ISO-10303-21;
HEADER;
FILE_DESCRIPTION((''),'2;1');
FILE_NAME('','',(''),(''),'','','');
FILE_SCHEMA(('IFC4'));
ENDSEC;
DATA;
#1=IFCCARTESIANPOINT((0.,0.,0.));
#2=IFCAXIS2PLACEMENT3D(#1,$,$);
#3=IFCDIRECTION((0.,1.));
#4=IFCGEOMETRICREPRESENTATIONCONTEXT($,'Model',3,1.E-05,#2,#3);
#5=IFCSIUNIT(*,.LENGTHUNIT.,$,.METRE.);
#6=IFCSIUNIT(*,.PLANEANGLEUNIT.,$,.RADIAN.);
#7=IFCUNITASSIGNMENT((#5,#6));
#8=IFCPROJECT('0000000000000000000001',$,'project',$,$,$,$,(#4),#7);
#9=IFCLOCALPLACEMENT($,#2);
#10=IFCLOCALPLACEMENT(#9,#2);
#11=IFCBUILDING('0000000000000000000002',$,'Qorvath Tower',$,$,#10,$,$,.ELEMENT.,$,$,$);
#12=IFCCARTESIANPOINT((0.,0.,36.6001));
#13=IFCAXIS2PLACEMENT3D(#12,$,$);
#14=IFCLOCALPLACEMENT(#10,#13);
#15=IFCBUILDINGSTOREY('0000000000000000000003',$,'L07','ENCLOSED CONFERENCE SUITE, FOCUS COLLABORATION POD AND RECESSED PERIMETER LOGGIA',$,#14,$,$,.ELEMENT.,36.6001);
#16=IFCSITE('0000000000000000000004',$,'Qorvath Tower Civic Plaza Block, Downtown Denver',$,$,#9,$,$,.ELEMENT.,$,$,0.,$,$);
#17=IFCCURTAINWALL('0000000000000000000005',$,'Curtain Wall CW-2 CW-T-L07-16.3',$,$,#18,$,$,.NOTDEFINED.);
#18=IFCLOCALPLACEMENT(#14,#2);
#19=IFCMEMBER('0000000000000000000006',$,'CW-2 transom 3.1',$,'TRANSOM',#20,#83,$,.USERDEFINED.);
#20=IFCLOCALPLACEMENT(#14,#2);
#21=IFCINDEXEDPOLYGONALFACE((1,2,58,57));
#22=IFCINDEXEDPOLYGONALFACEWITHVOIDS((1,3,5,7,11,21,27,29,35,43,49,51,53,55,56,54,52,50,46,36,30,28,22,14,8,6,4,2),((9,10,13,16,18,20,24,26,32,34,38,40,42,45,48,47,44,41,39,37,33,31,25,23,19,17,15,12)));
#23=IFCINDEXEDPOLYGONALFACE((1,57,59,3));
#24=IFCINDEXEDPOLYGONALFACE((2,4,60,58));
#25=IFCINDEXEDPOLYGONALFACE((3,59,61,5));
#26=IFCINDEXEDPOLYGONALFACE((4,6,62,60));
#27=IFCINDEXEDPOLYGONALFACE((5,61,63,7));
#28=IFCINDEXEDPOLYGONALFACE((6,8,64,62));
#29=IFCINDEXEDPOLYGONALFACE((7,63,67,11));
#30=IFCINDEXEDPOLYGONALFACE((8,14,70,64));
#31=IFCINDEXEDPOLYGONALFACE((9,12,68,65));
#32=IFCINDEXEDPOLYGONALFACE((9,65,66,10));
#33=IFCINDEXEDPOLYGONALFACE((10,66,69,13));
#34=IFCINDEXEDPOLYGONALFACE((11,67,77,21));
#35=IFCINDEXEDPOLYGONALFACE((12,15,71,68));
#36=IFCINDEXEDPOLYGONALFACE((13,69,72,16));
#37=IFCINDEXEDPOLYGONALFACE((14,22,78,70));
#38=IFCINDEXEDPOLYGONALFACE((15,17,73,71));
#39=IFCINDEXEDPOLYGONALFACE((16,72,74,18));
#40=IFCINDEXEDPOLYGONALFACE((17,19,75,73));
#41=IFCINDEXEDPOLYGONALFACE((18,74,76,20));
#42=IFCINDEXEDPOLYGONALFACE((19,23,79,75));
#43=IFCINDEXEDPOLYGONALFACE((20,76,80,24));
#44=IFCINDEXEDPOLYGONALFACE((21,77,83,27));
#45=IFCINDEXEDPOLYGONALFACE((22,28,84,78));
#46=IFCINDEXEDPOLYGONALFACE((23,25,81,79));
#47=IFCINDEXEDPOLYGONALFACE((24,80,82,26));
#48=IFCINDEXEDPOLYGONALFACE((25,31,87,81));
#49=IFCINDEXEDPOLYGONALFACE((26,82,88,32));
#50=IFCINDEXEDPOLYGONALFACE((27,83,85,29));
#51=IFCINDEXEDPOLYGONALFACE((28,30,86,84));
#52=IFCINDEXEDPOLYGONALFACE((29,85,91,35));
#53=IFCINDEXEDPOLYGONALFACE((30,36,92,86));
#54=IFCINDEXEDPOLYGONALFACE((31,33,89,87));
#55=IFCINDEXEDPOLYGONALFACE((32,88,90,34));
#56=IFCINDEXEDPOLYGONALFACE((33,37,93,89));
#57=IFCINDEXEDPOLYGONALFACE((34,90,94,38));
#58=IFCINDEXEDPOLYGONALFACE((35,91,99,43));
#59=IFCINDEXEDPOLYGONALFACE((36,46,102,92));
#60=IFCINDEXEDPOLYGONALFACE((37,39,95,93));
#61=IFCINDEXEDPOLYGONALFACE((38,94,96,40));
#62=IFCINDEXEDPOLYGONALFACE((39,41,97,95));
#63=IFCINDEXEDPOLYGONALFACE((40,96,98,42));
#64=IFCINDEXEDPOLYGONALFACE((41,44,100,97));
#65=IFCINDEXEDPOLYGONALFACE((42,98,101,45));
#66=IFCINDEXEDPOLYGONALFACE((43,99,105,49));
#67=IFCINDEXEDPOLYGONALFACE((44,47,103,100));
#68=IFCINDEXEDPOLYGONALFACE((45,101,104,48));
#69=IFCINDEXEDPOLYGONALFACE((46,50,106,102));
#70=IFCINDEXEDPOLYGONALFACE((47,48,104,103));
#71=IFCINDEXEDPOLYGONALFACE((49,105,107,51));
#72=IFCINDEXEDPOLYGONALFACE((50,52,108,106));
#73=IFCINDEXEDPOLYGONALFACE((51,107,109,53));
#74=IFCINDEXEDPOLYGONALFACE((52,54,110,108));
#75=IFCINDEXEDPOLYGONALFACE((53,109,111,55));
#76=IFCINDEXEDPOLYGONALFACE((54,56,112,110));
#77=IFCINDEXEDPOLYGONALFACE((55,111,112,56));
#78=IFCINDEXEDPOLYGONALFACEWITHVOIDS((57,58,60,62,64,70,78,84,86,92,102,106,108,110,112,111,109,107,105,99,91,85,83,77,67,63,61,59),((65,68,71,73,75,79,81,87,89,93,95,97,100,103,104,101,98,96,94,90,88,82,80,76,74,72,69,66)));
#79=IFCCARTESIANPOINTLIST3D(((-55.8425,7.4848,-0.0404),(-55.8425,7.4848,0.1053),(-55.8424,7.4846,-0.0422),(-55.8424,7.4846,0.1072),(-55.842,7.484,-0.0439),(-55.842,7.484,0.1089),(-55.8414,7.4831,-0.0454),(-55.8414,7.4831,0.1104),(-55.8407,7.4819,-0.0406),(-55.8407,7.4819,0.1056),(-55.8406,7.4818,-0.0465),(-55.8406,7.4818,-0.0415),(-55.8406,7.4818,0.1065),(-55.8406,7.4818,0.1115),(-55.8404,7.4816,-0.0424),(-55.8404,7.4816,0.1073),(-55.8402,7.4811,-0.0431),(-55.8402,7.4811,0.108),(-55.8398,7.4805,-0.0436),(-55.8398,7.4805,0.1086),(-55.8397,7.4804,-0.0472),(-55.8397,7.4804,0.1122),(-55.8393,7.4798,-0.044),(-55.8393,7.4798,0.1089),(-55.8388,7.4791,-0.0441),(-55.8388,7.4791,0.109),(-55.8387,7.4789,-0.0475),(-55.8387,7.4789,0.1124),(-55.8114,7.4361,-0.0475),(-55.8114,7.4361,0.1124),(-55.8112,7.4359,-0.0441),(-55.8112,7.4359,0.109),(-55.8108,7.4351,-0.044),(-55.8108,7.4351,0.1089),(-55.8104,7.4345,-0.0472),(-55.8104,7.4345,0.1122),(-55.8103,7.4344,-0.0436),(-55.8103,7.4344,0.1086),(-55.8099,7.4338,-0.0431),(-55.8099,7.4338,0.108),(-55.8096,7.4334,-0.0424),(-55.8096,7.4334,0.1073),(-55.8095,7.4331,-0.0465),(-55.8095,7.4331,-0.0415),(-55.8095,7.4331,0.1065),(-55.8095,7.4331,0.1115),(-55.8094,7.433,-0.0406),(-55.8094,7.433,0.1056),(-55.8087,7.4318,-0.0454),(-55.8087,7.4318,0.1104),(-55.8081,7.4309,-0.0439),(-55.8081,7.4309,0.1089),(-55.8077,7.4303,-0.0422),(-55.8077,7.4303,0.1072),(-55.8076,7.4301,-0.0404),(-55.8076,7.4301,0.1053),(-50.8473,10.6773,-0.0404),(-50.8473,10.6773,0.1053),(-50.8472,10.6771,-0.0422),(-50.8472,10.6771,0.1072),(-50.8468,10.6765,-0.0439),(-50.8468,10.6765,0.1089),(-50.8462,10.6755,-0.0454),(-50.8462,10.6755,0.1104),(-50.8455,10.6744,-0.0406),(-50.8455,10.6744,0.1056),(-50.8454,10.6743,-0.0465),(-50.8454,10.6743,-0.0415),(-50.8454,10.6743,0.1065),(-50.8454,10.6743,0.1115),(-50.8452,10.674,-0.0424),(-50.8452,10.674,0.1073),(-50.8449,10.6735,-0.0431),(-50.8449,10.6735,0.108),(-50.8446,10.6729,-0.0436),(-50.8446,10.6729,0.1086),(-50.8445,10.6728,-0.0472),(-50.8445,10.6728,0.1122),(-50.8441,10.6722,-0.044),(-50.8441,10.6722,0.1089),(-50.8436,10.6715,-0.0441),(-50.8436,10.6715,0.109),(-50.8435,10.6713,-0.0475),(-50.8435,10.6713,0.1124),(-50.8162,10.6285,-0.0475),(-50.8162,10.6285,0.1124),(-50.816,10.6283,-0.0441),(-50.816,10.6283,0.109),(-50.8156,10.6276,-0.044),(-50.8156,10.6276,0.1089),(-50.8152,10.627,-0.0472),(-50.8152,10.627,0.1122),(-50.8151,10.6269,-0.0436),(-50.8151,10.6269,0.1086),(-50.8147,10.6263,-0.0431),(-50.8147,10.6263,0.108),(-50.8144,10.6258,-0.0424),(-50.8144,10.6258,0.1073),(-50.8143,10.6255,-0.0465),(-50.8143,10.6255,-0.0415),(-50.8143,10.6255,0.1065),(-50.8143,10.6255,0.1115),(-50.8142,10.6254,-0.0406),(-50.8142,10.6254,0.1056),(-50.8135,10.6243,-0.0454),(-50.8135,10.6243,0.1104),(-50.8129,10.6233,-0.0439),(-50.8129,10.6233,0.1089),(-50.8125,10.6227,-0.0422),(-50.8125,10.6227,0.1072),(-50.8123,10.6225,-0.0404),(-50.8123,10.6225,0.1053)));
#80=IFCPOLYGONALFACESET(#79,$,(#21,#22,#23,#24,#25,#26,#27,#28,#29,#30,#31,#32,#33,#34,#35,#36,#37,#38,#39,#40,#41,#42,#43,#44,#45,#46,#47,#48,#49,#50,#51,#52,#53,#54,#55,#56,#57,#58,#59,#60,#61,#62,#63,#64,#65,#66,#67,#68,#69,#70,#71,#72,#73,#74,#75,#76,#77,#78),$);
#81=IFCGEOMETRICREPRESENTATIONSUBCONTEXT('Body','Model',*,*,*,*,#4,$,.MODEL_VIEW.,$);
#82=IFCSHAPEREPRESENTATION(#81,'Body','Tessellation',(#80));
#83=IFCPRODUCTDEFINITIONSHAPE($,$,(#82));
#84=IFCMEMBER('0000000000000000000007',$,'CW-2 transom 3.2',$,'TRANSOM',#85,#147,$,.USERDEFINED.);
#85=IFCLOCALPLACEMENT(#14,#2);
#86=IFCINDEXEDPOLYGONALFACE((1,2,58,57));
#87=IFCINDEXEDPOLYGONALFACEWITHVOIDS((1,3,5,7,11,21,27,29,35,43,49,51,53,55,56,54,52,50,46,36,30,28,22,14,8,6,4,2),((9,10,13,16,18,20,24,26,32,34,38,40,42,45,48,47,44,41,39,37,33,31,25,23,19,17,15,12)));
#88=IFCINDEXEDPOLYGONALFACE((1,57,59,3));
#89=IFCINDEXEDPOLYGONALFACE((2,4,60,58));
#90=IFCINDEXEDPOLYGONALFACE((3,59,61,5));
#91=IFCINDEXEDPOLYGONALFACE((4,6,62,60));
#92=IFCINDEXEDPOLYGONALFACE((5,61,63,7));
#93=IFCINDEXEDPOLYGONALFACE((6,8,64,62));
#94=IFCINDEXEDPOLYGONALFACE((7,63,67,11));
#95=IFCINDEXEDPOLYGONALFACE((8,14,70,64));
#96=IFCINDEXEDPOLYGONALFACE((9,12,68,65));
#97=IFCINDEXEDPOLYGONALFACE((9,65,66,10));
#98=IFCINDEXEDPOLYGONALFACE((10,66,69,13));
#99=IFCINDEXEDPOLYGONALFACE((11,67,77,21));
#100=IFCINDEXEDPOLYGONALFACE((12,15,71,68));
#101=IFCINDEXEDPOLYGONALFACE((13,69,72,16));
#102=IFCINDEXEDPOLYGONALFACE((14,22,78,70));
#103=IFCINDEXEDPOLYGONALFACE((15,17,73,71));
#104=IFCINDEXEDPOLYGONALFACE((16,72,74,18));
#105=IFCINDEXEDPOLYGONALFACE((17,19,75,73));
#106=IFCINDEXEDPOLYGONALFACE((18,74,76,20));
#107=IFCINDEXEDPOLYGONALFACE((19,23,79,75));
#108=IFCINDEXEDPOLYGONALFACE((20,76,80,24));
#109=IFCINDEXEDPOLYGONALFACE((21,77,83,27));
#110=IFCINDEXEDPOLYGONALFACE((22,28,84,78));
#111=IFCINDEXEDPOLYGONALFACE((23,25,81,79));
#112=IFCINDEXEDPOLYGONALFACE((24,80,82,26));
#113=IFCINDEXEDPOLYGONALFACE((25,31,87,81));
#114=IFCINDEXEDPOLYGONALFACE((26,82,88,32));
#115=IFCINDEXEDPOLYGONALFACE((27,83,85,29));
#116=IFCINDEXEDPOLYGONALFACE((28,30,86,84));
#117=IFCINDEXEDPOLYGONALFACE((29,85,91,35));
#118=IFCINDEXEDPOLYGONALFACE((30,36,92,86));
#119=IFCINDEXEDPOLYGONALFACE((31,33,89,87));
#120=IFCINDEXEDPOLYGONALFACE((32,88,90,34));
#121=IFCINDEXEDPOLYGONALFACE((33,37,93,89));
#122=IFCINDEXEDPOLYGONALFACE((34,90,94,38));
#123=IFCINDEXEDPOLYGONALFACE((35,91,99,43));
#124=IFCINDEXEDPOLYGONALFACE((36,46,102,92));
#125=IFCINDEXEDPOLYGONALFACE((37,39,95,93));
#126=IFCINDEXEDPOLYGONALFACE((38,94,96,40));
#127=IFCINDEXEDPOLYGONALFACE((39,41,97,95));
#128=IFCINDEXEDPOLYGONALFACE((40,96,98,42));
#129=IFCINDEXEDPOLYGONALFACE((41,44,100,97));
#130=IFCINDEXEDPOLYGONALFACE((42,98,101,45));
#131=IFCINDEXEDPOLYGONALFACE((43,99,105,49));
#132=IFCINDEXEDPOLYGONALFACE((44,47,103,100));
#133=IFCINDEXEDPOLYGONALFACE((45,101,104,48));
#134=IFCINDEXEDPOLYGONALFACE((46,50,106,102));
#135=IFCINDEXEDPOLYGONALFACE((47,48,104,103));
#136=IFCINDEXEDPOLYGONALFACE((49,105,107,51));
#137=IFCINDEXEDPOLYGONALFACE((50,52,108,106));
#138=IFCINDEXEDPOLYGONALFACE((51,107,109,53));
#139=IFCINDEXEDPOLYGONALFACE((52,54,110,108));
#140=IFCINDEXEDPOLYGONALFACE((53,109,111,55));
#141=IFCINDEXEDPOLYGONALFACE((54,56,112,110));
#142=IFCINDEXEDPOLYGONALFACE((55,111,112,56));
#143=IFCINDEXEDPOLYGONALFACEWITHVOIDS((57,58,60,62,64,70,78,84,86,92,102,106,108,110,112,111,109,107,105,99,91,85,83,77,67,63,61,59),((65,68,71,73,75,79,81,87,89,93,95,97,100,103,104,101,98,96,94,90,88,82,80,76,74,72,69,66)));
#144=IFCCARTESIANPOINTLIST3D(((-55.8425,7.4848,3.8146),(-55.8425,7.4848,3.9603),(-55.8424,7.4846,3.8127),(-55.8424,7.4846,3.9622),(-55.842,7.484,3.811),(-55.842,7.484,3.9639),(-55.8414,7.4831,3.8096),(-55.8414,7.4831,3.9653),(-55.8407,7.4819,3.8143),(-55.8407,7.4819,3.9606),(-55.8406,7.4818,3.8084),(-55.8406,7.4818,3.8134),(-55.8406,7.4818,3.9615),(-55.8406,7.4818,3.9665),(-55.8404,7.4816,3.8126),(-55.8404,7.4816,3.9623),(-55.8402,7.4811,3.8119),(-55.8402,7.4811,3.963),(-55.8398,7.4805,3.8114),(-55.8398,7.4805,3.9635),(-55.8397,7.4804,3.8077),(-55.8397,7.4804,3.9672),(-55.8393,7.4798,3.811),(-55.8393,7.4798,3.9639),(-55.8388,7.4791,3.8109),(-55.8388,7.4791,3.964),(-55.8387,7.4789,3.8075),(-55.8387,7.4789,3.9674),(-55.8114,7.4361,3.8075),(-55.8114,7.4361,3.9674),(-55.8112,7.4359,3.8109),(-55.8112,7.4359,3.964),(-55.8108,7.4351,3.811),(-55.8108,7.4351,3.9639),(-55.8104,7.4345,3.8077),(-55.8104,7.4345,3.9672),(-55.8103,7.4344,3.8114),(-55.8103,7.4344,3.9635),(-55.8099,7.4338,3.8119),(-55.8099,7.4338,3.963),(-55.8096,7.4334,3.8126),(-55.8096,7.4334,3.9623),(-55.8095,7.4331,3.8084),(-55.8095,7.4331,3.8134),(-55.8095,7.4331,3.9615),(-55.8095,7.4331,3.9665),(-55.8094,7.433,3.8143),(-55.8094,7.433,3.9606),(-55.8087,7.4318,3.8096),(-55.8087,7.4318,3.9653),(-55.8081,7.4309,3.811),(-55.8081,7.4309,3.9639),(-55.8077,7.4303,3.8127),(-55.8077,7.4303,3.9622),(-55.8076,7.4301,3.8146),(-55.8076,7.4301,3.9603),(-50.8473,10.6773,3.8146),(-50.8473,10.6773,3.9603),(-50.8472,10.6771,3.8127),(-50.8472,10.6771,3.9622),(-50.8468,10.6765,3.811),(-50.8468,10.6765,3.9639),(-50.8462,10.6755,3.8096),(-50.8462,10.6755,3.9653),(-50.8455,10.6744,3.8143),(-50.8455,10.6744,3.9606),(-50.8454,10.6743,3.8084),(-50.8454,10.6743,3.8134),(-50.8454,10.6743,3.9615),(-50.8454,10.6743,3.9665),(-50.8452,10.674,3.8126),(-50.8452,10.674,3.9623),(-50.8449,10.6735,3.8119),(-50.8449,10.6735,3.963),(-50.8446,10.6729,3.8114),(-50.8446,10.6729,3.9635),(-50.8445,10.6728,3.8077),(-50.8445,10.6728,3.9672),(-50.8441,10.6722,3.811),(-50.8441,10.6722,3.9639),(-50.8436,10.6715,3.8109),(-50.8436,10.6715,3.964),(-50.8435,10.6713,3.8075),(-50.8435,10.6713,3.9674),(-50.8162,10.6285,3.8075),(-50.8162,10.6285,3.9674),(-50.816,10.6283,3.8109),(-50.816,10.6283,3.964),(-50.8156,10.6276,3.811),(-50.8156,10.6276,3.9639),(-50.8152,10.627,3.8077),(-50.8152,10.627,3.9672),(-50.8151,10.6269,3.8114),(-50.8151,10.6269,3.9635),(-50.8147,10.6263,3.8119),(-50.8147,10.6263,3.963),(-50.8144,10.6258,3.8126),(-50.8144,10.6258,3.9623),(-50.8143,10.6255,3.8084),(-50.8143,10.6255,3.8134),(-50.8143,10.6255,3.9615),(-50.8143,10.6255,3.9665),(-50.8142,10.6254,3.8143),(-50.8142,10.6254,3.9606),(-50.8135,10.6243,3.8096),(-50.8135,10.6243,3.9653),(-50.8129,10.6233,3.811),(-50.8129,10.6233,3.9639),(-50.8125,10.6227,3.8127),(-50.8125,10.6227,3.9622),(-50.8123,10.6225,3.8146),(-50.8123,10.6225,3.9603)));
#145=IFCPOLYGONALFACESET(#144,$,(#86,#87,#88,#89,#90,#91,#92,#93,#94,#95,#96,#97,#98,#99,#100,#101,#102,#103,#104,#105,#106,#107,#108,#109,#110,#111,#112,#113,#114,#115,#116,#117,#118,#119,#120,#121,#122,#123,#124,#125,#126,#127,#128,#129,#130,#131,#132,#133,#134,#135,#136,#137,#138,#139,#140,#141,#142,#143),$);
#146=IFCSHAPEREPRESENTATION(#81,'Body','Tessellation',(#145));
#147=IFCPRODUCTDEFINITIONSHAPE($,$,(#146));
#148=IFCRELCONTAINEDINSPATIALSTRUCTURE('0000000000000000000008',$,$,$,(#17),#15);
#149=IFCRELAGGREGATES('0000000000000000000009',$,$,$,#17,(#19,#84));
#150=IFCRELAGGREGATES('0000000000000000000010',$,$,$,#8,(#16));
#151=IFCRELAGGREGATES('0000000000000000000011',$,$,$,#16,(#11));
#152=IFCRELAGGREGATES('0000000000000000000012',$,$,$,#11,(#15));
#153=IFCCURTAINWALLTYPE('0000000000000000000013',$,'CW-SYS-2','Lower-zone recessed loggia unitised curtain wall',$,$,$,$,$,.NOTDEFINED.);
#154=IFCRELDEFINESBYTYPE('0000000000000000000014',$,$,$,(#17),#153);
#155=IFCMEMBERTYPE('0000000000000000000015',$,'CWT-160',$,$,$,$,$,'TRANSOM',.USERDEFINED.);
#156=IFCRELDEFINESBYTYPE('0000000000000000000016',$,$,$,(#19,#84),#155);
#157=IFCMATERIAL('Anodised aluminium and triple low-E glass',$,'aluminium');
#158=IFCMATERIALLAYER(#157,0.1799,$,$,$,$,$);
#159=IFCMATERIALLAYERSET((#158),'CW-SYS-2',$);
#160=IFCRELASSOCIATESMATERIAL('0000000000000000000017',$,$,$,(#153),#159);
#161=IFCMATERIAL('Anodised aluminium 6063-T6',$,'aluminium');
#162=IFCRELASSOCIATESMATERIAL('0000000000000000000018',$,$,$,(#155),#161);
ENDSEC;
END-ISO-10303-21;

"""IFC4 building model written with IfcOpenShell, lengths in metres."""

from ifc_helpers import new_model, si_unit, direction, frame, origin, origin_2d, place, context, subcontext, project, spatial, hollow_rectangle, extrude, material, layer, layer_set, material_profile, profile_set, type_object, element, aggregate, save


model = new_model("IFC4")

# Units and contexts
model_context = context("Model", 3, precision=1e-05, world=origin(), true_north=direction((0.0, 1.0)))
body_context = subcontext(model_context, "Body", "Model", "MODEL_VIEW")
ifc_project = project(units=[si_unit("LENGTHUNIT", "METRE"), si_unit("PLANEANGLEUNIT", "RADIAN")], contexts=[model_context])

# Site, building, storey
site_placement = place(None, origin())
site = spatial("IfcSite", under=ifc_project, at=site_placement, Name="Qorvath Tower Civic Plaza Block, Downtown Denver", CompositionType="ELEMENT", RefElevation=0.0)
building_placement = place(site_placement, origin())
building = spatial("IfcBuilding", under=site, at=building_placement, Name="Qorvath Tower", CompositionType="ELEMENT")
storey_placement = place(building_placement, frame((0.0, 0.0, 36.6001)))
storey = spatial("IfcBuildingStorey", under=building, at=storey_placement, Name="L07", Description="ENCLOSED CONFERENCE SUITE, FOCUS COLLABORATION POD AND RECESSED PERIMETER LOGGIA", CompositionType="ELEMENT", Elevation=36.6001)

# Curtain wall, members
ifc_material_1 = material(Name="Anodised aluminium and triple low-E glass", Category="aluminium")
ifc_layer_1 = layer(ifc_material_1, 0.1799)
ifc_layer_set_1 = layer_set([ifc_layer_1], Name="CW-SYS-2")
curtain_wall_type = type_object("IfcCurtainWallType", Name="CW-SYS-2", Description="Lower-zone recessed loggia unitised curtain wall", PredefinedType="NOTDEFINED", material=ifc_layer_set_1)
curtain_wall_placement = place(storey_placement, origin())
curtain_wall = element("IfcCurtainWall", 1, at=curtain_wall_placement, inside=storey, type_object=curtain_wall_type, Name="Curtain Wall CW-2 CW-T-L07-16.3", PredefinedType="NOTDEFINED")
ifc_material_2 = material(Name="Anodised aluminium 6063-T6", Category="aluminium")
ifc_material_profile_1 = material_profile(ifc_material_2, hollow_rectangle(XDim=0.0649, YDim=0.1599, WallThickness=0.0034, InnerFilletRadius=0.0034, OuterFilletRadius=0.0071, at=origin_2d()), Name="CWT 160x65")
ifc_profile_set_1 = profile_set([ifc_material_profile_1], Name="Anodised aluminium 6063-T6")
member_type_1 = type_object("IfcMemberType", Name="CWT-160", ElementType="TRANSOM", PredefinedType="USERDEFINED", material=ifc_profile_set_1)
member_1_placement = place(storey_placement, frame((-50.8298, 10.6499, 0.0325), z_axis=(-0.842615, -0.538516, 0.0), x_axis=(0.538516, -0.842615, 0.0)))
member_1 = element("IfcMember", 2, at=member_1_placement, type_object=member_type_1, Name="CW-2 transom 3.1", ObjectType="TRANSOM", PredefinedType="USERDEFINED", context=body_context, shape_type="SweptSolid", body=[
    extrude(hollow_rectangle(XDim=0.0649, YDim=0.1599, WallThickness=0.0034, InnerFilletRadius=0.0034, OuterFilletRadius=0.0071, at=origin_2d()), origin(), (0.0, 0.0, 1.0), 5.9282),
])
member_2_placement = place(storey_placement, frame((-50.8298, 10.6499, 3.8875), z_axis=(-0.842615, -0.538516, 0.0), x_axis=(0.538516, -0.842615, 0.0)))
member_2 = element("IfcMember", 3, at=member_2_placement, type_object=member_type_1, Name="CW-2 transom 3.2", ObjectType="TRANSOM", PredefinedType="USERDEFINED", context=body_context, shape_type="SweptSolid", body=[
    extrude(hollow_rectangle(XDim=0.0649, YDim=0.1599, WallThickness=0.0034, InnerFilletRadius=0.0034, OuterFilletRadius=0.0071, at=origin_2d()), origin(), (0.0, 0.0, 1.0), 5.9282),
])

aggregate(curtain_wall, [member_1, member_2])

save(model, "model.ifc")
